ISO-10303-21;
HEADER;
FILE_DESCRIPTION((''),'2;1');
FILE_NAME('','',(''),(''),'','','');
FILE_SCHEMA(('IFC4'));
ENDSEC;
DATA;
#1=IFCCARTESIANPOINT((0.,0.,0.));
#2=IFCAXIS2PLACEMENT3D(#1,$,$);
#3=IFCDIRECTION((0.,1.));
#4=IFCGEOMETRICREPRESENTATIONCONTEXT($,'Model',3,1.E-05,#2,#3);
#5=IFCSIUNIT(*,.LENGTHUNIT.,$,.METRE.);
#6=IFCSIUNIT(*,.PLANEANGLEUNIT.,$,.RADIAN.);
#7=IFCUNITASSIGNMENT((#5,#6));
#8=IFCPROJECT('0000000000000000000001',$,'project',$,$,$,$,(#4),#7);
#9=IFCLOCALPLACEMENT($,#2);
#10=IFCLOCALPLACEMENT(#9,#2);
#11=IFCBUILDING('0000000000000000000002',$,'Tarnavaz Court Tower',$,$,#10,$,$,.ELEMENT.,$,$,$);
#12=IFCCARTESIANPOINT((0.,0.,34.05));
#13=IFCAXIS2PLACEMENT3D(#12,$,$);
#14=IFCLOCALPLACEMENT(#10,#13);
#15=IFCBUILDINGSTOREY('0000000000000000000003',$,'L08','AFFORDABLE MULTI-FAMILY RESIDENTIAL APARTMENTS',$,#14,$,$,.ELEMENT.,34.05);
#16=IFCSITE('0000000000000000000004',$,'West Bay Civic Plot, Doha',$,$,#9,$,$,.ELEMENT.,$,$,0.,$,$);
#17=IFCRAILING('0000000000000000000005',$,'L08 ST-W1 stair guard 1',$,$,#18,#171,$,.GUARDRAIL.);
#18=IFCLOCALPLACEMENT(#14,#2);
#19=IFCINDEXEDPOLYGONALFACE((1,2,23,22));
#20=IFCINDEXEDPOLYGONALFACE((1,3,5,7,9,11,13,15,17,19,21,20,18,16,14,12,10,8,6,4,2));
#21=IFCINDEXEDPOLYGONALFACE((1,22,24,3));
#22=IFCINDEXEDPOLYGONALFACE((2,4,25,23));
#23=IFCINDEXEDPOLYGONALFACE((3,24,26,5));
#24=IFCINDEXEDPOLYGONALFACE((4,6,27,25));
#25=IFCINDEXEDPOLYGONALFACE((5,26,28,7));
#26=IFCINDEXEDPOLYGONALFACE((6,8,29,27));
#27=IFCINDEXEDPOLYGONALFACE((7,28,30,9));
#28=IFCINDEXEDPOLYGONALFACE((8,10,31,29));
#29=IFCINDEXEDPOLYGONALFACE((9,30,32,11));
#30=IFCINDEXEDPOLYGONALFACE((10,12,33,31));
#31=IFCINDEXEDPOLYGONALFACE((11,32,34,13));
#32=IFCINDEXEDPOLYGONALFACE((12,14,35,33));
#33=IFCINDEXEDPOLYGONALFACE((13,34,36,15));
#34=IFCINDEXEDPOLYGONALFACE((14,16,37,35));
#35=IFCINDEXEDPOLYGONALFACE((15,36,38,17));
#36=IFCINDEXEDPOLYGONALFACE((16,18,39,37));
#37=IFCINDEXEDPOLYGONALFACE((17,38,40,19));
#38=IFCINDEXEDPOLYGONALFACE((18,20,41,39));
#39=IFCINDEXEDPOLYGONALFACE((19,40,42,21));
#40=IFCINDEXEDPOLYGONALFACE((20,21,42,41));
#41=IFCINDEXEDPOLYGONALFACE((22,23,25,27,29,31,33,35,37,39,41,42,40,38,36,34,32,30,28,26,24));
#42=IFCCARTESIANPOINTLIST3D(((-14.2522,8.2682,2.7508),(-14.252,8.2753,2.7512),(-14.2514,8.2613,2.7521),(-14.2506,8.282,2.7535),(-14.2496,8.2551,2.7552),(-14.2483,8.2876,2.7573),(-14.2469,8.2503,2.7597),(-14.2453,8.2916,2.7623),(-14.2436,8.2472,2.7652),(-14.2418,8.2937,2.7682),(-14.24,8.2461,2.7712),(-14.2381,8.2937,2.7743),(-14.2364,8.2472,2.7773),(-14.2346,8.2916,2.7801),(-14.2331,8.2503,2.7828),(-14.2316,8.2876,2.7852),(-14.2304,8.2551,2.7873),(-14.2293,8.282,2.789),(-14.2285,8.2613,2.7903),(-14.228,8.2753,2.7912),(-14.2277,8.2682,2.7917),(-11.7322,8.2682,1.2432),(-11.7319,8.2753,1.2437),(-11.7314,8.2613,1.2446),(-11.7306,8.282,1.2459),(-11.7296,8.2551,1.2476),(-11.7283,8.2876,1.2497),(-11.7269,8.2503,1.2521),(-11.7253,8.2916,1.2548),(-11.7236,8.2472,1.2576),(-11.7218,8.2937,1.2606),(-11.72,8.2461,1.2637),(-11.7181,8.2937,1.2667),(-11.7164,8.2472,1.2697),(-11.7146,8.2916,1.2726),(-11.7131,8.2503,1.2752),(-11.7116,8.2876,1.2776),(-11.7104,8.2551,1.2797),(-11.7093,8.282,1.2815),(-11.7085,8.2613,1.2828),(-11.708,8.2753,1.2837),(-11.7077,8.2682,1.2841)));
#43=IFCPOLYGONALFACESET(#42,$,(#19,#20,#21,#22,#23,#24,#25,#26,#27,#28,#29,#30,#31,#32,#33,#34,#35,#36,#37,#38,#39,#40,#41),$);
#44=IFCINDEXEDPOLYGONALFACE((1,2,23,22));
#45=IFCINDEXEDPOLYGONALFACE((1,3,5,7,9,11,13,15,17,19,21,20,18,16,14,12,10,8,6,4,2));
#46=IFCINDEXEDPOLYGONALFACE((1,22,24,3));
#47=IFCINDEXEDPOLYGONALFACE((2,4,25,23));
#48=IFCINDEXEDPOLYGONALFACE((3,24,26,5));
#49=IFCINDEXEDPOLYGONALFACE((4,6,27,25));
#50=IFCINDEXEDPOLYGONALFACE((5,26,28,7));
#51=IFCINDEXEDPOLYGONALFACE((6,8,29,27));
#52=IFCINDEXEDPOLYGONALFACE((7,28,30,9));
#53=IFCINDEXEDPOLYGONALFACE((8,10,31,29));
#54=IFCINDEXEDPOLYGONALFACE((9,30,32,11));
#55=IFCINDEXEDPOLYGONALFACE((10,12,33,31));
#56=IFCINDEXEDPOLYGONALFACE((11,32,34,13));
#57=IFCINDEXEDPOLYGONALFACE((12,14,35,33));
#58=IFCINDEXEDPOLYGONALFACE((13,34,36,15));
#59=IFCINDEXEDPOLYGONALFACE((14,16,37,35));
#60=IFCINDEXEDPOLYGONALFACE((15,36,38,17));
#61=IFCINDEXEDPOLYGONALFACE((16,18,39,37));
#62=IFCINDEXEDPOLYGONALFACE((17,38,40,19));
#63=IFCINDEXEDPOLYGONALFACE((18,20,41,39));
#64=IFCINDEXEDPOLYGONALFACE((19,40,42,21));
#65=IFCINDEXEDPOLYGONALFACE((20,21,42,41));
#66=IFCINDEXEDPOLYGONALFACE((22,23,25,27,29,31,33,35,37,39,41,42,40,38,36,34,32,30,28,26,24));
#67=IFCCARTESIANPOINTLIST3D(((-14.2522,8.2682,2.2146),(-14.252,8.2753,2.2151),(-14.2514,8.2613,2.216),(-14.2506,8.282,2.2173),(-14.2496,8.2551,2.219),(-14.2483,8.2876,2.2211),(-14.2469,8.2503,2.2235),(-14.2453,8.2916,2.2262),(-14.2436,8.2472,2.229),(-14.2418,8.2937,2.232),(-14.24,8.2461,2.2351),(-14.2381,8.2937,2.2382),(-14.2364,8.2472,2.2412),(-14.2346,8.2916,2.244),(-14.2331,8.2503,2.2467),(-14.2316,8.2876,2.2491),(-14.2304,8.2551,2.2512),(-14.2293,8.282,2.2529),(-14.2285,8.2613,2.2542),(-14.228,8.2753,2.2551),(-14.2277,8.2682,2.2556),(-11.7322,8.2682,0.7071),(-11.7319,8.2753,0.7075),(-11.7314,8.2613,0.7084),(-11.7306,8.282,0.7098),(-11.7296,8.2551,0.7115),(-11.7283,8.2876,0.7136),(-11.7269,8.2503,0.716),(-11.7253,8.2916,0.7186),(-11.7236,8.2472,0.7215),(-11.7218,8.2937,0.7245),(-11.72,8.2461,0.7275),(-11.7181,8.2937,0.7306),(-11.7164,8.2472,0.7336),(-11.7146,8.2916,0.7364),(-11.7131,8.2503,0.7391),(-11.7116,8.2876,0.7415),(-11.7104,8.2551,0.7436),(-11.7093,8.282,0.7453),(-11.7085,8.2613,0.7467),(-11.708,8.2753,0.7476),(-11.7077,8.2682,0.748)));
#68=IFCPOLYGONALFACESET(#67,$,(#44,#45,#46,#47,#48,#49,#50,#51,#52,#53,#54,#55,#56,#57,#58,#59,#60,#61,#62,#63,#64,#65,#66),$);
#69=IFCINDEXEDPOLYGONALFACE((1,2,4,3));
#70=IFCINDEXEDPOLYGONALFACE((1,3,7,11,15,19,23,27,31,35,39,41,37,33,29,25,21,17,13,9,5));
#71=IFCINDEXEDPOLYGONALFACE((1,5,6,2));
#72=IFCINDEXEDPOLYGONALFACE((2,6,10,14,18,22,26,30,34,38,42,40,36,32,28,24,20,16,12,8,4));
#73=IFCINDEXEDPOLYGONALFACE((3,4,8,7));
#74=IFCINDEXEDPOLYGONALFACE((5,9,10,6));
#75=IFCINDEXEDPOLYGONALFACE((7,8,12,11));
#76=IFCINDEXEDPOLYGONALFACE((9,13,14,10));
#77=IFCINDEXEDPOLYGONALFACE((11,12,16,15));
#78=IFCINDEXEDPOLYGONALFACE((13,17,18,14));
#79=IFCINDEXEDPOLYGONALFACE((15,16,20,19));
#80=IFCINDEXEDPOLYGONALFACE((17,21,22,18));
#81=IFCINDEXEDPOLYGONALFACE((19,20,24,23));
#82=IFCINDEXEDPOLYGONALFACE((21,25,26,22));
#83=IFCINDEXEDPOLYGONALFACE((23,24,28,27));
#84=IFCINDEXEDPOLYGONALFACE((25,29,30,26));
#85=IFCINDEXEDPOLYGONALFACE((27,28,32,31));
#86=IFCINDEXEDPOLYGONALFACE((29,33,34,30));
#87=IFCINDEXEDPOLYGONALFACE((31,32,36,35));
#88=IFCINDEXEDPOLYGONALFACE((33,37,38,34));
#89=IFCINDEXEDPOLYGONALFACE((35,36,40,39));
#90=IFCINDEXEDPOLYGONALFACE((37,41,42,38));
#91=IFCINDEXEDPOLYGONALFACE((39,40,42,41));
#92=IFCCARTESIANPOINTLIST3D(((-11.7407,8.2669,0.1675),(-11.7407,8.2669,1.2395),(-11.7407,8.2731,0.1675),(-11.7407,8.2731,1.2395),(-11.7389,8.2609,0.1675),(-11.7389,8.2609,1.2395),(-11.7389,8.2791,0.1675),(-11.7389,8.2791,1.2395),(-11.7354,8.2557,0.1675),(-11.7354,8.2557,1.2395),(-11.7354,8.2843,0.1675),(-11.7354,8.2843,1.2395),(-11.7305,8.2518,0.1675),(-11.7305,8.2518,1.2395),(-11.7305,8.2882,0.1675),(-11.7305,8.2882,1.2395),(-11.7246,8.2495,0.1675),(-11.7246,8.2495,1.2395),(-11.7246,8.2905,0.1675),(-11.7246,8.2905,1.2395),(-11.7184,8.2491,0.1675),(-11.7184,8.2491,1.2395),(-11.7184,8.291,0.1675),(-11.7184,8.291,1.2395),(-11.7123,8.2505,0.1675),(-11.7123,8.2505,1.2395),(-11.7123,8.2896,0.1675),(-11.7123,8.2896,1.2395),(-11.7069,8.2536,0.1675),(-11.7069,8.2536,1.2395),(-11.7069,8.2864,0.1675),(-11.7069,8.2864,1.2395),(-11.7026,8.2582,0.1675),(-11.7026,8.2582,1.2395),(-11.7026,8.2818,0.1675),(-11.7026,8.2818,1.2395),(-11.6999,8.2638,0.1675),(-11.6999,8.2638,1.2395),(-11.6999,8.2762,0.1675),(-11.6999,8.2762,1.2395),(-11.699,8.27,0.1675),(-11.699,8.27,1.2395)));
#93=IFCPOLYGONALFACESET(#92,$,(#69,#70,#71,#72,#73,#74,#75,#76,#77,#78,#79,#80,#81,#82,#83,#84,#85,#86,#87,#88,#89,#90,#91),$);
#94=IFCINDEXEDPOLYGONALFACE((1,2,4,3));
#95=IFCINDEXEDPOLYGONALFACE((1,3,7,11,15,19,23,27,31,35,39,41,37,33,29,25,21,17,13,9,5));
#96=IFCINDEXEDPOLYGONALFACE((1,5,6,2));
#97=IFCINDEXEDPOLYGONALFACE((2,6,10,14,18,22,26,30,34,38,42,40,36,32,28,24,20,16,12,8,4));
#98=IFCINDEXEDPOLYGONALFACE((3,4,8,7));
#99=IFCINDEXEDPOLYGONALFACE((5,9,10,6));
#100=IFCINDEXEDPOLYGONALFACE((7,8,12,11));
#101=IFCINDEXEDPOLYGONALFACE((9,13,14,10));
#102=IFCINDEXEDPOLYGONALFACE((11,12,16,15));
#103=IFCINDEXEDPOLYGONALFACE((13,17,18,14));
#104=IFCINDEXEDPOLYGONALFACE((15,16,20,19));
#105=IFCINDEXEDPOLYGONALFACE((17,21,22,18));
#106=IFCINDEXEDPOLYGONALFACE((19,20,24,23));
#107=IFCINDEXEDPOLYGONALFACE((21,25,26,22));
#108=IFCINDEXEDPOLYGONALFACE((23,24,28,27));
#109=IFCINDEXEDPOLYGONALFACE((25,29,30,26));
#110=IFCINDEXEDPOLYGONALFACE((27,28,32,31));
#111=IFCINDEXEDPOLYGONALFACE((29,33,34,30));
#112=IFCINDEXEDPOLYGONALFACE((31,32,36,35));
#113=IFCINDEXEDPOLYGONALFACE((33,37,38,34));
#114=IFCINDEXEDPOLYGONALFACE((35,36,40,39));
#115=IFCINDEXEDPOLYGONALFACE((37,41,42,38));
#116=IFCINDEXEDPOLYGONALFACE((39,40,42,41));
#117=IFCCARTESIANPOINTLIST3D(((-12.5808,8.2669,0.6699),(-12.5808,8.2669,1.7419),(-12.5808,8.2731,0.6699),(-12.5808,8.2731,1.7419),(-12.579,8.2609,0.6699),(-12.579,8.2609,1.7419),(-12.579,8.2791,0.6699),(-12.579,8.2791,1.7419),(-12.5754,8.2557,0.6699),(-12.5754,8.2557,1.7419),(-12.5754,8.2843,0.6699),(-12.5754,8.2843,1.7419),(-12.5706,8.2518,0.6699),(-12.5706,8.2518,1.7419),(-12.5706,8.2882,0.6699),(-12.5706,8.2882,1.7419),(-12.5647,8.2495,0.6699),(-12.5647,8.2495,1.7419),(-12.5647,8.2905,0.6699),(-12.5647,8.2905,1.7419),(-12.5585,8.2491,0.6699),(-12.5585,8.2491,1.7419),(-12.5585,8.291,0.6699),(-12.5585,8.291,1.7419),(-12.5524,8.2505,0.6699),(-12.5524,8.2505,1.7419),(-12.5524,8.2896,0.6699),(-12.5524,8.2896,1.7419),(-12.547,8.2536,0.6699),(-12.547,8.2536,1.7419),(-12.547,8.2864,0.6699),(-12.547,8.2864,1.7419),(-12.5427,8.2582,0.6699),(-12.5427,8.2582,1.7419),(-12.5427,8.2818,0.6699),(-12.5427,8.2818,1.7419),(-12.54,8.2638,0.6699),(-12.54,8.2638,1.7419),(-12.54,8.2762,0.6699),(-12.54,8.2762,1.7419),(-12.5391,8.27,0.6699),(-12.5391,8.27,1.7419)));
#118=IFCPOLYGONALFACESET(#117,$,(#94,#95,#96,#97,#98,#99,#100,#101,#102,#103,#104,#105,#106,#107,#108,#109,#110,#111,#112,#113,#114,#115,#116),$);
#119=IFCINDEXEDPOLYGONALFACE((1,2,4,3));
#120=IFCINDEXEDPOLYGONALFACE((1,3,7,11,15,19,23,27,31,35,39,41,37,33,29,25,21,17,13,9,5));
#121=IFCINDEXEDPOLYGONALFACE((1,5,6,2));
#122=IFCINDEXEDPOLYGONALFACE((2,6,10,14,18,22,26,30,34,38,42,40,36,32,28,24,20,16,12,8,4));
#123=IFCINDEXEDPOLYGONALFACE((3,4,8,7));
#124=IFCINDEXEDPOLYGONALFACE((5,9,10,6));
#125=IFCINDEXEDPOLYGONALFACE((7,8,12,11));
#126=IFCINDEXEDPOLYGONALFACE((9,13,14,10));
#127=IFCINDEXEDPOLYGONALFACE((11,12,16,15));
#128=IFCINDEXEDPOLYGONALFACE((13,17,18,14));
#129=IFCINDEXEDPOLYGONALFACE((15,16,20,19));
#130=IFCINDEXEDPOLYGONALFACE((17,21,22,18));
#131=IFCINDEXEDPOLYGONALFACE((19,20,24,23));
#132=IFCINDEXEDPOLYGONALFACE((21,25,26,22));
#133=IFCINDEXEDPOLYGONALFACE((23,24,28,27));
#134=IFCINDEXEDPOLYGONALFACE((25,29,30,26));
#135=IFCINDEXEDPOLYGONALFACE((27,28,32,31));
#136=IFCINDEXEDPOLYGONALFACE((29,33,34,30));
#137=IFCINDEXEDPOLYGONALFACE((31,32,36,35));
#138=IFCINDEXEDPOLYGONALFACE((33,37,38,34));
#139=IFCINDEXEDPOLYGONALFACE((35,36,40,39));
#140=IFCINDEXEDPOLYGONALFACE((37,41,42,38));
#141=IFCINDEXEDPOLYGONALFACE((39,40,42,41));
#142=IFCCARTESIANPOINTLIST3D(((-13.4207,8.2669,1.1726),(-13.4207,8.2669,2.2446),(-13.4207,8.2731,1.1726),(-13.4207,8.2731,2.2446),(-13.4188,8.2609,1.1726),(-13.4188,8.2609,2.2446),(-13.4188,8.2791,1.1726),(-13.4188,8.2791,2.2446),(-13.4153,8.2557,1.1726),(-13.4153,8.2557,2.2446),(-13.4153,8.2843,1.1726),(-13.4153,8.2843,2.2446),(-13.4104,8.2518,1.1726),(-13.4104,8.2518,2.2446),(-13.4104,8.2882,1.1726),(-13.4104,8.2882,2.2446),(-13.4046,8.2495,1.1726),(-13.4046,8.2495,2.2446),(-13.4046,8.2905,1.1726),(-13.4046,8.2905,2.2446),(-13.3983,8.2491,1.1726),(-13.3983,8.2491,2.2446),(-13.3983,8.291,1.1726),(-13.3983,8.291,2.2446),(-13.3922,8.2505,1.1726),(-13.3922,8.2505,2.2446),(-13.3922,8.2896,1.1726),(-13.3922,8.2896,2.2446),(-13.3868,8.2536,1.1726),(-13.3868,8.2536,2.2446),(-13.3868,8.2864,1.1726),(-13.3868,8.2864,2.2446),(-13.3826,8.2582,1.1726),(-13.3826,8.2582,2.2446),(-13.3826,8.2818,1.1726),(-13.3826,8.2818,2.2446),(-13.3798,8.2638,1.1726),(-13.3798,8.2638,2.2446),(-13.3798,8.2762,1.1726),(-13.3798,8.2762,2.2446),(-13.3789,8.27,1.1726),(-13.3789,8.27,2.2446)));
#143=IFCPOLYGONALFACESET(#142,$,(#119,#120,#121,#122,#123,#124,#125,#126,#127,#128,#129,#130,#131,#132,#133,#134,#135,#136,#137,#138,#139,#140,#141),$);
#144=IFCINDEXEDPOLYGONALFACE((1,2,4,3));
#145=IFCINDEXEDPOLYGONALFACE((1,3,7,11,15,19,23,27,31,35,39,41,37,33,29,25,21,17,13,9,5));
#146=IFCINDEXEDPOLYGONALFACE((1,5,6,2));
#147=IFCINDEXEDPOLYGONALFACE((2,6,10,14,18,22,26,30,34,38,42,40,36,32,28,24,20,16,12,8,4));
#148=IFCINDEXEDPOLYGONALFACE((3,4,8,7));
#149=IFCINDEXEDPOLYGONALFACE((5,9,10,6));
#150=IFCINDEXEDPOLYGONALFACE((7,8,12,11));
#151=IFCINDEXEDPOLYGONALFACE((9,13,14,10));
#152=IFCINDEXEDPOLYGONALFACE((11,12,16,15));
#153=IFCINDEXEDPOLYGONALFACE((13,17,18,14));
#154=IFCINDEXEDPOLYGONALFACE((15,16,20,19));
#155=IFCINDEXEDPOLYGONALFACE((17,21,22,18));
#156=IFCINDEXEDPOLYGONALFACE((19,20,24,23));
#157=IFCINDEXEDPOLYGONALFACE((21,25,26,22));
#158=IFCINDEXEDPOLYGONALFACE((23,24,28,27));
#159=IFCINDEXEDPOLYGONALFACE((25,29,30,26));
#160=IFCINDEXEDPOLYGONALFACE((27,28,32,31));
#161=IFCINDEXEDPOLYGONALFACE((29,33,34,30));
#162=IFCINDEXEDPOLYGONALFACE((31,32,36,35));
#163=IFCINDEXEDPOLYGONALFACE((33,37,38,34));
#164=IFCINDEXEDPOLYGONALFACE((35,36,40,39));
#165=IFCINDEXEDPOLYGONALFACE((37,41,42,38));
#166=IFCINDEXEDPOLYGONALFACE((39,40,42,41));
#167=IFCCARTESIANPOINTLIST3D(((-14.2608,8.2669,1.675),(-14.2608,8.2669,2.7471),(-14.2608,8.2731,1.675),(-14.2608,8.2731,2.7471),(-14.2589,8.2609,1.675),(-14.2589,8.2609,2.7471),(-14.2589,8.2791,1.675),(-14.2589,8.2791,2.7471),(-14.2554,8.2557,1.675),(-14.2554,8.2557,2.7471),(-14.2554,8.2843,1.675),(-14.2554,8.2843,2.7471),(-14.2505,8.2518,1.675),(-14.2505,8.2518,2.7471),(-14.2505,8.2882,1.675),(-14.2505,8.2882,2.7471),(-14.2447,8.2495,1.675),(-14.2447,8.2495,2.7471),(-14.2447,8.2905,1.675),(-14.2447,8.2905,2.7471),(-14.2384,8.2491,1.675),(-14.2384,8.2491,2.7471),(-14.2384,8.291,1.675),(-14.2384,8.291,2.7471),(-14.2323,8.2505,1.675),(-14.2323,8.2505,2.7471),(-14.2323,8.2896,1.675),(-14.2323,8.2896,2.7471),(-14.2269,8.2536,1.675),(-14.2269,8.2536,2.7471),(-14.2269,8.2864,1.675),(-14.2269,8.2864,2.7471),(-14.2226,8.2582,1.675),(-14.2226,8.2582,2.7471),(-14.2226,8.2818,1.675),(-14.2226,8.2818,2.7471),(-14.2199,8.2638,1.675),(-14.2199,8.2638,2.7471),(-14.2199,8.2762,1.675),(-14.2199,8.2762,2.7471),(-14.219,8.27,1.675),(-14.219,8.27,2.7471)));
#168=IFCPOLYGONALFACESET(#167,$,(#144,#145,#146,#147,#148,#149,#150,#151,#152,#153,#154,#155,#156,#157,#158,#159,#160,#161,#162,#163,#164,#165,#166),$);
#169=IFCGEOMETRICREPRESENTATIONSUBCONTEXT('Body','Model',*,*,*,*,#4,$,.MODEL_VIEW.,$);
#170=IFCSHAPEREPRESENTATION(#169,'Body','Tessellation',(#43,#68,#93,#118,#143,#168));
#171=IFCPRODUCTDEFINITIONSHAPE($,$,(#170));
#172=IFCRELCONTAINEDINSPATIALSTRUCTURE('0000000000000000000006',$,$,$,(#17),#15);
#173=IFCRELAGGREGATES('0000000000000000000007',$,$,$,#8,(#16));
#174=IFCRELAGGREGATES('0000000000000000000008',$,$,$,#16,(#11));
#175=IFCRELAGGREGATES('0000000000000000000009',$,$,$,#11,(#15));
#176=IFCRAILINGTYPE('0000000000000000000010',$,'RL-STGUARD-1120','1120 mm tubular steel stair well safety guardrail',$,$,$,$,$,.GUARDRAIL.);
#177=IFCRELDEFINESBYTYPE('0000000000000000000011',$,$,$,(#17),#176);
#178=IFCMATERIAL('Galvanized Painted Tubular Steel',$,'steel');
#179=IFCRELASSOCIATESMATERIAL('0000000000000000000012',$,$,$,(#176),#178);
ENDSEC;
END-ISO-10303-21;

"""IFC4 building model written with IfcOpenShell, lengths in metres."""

from ifc_helpers import new_model, si_unit, direction, frame, origin, origin_2d, place, context, subcontext, project, spatial, circle, extrude, material, type_object, element, save


model = new_model("IFC4")

# Units and contexts
model_context = context("Model", 3, precision=1e-05, world=origin(), true_north=direction((0.0, 1.0)))
body_context = subcontext(model_context, "Body", "Model", "MODEL_VIEW")
ifc_project = project(units=[si_unit("LENGTHUNIT", "METRE"), si_unit("PLANEANGLEUNIT", "RADIAN")], contexts=[model_context])

# Site, building, storey
site_placement = place(None, origin())
site = spatial("IfcSite", under=ifc_project, at=site_placement, Name="West Bay Civic Plot, Doha", CompositionType="ELEMENT", RefElevation=0.0)
building_placement = place(site_placement, origin())
building = spatial("IfcBuilding", under=site, at=building_placement, Name="Tarnavaz Court Tower", CompositionType="ELEMENT")
storey_placement = place(building_placement, frame((0.0, 0.0, 34.05)))
storey = spatial("IfcBuildingStorey", under=building, at=storey_placement, Name="L08", Description="AFFORDABLE MULTI-FAMILY RESIDENTIAL APARTMENTS", CompositionType="ELEMENT", Elevation=34.05)

# Railing
ifc_material_1 = material(Name="Galvanized Painted Tubular Steel", Category="steel")
railing_type_1 = type_object("IfcRailingType", Name="RL-STGUARD-1120", Description="1120 mm tubular steel stair well safety guardrail", PredefinedType="GUARDRAIL", material=ifc_material_1)
railing_1_placement = place(storey_placement, frame((-11.72, 8.27, 0.1675)))
element("IfcRailing", 1, at=railing_1_placement, inside=storey, type_object=railing_type_1, Name="L08 ST-W1 stair guard 1", PredefinedType="GUARDRAIL", context=body_context, shape_type="SweptSolid", body=[
    extrude(circle(Radius=0.0239, at=origin_2d()), frame((0.0, 0.0, 1.0962), z_axis=(-0.85816, 0.0, 0.513383), x_axis=(0.0, -1.0, 0.0)), (0.0, 0.0, 1.0), 2.9365),
    extrude(circle(Radius=0.0239, at=origin_2d()), frame((0.0, 0.0, 0.5601), z_axis=(-0.85816, 0.0, 0.513383), x_axis=(0.0, -1.0, 0.0)), (0.0, 0.0, 1.0), 2.9365),
    extrude(circle(Radius=0.021, at=origin_2d()), origin(), (0.0, 0.0, 1.0), 1.072),
    extrude(circle(Radius=0.021, at=origin_2d()), frame((-0.8401, 0.0, 0.5024)), (0.0, 0.0, 1.0), 1.072),
    extrude(circle(Radius=0.021, at=origin_2d()), frame((-1.6799, 0.0, 1.0051)), (0.0, 0.0, 1.0), 1.072),
    extrude(circle(Radius=0.021, at=origin_2d()), frame((-2.52, 0.0, 1.5076)), (0.0, 0.0, 1.0), 1.072),
])

save(model, "model.ifc")
